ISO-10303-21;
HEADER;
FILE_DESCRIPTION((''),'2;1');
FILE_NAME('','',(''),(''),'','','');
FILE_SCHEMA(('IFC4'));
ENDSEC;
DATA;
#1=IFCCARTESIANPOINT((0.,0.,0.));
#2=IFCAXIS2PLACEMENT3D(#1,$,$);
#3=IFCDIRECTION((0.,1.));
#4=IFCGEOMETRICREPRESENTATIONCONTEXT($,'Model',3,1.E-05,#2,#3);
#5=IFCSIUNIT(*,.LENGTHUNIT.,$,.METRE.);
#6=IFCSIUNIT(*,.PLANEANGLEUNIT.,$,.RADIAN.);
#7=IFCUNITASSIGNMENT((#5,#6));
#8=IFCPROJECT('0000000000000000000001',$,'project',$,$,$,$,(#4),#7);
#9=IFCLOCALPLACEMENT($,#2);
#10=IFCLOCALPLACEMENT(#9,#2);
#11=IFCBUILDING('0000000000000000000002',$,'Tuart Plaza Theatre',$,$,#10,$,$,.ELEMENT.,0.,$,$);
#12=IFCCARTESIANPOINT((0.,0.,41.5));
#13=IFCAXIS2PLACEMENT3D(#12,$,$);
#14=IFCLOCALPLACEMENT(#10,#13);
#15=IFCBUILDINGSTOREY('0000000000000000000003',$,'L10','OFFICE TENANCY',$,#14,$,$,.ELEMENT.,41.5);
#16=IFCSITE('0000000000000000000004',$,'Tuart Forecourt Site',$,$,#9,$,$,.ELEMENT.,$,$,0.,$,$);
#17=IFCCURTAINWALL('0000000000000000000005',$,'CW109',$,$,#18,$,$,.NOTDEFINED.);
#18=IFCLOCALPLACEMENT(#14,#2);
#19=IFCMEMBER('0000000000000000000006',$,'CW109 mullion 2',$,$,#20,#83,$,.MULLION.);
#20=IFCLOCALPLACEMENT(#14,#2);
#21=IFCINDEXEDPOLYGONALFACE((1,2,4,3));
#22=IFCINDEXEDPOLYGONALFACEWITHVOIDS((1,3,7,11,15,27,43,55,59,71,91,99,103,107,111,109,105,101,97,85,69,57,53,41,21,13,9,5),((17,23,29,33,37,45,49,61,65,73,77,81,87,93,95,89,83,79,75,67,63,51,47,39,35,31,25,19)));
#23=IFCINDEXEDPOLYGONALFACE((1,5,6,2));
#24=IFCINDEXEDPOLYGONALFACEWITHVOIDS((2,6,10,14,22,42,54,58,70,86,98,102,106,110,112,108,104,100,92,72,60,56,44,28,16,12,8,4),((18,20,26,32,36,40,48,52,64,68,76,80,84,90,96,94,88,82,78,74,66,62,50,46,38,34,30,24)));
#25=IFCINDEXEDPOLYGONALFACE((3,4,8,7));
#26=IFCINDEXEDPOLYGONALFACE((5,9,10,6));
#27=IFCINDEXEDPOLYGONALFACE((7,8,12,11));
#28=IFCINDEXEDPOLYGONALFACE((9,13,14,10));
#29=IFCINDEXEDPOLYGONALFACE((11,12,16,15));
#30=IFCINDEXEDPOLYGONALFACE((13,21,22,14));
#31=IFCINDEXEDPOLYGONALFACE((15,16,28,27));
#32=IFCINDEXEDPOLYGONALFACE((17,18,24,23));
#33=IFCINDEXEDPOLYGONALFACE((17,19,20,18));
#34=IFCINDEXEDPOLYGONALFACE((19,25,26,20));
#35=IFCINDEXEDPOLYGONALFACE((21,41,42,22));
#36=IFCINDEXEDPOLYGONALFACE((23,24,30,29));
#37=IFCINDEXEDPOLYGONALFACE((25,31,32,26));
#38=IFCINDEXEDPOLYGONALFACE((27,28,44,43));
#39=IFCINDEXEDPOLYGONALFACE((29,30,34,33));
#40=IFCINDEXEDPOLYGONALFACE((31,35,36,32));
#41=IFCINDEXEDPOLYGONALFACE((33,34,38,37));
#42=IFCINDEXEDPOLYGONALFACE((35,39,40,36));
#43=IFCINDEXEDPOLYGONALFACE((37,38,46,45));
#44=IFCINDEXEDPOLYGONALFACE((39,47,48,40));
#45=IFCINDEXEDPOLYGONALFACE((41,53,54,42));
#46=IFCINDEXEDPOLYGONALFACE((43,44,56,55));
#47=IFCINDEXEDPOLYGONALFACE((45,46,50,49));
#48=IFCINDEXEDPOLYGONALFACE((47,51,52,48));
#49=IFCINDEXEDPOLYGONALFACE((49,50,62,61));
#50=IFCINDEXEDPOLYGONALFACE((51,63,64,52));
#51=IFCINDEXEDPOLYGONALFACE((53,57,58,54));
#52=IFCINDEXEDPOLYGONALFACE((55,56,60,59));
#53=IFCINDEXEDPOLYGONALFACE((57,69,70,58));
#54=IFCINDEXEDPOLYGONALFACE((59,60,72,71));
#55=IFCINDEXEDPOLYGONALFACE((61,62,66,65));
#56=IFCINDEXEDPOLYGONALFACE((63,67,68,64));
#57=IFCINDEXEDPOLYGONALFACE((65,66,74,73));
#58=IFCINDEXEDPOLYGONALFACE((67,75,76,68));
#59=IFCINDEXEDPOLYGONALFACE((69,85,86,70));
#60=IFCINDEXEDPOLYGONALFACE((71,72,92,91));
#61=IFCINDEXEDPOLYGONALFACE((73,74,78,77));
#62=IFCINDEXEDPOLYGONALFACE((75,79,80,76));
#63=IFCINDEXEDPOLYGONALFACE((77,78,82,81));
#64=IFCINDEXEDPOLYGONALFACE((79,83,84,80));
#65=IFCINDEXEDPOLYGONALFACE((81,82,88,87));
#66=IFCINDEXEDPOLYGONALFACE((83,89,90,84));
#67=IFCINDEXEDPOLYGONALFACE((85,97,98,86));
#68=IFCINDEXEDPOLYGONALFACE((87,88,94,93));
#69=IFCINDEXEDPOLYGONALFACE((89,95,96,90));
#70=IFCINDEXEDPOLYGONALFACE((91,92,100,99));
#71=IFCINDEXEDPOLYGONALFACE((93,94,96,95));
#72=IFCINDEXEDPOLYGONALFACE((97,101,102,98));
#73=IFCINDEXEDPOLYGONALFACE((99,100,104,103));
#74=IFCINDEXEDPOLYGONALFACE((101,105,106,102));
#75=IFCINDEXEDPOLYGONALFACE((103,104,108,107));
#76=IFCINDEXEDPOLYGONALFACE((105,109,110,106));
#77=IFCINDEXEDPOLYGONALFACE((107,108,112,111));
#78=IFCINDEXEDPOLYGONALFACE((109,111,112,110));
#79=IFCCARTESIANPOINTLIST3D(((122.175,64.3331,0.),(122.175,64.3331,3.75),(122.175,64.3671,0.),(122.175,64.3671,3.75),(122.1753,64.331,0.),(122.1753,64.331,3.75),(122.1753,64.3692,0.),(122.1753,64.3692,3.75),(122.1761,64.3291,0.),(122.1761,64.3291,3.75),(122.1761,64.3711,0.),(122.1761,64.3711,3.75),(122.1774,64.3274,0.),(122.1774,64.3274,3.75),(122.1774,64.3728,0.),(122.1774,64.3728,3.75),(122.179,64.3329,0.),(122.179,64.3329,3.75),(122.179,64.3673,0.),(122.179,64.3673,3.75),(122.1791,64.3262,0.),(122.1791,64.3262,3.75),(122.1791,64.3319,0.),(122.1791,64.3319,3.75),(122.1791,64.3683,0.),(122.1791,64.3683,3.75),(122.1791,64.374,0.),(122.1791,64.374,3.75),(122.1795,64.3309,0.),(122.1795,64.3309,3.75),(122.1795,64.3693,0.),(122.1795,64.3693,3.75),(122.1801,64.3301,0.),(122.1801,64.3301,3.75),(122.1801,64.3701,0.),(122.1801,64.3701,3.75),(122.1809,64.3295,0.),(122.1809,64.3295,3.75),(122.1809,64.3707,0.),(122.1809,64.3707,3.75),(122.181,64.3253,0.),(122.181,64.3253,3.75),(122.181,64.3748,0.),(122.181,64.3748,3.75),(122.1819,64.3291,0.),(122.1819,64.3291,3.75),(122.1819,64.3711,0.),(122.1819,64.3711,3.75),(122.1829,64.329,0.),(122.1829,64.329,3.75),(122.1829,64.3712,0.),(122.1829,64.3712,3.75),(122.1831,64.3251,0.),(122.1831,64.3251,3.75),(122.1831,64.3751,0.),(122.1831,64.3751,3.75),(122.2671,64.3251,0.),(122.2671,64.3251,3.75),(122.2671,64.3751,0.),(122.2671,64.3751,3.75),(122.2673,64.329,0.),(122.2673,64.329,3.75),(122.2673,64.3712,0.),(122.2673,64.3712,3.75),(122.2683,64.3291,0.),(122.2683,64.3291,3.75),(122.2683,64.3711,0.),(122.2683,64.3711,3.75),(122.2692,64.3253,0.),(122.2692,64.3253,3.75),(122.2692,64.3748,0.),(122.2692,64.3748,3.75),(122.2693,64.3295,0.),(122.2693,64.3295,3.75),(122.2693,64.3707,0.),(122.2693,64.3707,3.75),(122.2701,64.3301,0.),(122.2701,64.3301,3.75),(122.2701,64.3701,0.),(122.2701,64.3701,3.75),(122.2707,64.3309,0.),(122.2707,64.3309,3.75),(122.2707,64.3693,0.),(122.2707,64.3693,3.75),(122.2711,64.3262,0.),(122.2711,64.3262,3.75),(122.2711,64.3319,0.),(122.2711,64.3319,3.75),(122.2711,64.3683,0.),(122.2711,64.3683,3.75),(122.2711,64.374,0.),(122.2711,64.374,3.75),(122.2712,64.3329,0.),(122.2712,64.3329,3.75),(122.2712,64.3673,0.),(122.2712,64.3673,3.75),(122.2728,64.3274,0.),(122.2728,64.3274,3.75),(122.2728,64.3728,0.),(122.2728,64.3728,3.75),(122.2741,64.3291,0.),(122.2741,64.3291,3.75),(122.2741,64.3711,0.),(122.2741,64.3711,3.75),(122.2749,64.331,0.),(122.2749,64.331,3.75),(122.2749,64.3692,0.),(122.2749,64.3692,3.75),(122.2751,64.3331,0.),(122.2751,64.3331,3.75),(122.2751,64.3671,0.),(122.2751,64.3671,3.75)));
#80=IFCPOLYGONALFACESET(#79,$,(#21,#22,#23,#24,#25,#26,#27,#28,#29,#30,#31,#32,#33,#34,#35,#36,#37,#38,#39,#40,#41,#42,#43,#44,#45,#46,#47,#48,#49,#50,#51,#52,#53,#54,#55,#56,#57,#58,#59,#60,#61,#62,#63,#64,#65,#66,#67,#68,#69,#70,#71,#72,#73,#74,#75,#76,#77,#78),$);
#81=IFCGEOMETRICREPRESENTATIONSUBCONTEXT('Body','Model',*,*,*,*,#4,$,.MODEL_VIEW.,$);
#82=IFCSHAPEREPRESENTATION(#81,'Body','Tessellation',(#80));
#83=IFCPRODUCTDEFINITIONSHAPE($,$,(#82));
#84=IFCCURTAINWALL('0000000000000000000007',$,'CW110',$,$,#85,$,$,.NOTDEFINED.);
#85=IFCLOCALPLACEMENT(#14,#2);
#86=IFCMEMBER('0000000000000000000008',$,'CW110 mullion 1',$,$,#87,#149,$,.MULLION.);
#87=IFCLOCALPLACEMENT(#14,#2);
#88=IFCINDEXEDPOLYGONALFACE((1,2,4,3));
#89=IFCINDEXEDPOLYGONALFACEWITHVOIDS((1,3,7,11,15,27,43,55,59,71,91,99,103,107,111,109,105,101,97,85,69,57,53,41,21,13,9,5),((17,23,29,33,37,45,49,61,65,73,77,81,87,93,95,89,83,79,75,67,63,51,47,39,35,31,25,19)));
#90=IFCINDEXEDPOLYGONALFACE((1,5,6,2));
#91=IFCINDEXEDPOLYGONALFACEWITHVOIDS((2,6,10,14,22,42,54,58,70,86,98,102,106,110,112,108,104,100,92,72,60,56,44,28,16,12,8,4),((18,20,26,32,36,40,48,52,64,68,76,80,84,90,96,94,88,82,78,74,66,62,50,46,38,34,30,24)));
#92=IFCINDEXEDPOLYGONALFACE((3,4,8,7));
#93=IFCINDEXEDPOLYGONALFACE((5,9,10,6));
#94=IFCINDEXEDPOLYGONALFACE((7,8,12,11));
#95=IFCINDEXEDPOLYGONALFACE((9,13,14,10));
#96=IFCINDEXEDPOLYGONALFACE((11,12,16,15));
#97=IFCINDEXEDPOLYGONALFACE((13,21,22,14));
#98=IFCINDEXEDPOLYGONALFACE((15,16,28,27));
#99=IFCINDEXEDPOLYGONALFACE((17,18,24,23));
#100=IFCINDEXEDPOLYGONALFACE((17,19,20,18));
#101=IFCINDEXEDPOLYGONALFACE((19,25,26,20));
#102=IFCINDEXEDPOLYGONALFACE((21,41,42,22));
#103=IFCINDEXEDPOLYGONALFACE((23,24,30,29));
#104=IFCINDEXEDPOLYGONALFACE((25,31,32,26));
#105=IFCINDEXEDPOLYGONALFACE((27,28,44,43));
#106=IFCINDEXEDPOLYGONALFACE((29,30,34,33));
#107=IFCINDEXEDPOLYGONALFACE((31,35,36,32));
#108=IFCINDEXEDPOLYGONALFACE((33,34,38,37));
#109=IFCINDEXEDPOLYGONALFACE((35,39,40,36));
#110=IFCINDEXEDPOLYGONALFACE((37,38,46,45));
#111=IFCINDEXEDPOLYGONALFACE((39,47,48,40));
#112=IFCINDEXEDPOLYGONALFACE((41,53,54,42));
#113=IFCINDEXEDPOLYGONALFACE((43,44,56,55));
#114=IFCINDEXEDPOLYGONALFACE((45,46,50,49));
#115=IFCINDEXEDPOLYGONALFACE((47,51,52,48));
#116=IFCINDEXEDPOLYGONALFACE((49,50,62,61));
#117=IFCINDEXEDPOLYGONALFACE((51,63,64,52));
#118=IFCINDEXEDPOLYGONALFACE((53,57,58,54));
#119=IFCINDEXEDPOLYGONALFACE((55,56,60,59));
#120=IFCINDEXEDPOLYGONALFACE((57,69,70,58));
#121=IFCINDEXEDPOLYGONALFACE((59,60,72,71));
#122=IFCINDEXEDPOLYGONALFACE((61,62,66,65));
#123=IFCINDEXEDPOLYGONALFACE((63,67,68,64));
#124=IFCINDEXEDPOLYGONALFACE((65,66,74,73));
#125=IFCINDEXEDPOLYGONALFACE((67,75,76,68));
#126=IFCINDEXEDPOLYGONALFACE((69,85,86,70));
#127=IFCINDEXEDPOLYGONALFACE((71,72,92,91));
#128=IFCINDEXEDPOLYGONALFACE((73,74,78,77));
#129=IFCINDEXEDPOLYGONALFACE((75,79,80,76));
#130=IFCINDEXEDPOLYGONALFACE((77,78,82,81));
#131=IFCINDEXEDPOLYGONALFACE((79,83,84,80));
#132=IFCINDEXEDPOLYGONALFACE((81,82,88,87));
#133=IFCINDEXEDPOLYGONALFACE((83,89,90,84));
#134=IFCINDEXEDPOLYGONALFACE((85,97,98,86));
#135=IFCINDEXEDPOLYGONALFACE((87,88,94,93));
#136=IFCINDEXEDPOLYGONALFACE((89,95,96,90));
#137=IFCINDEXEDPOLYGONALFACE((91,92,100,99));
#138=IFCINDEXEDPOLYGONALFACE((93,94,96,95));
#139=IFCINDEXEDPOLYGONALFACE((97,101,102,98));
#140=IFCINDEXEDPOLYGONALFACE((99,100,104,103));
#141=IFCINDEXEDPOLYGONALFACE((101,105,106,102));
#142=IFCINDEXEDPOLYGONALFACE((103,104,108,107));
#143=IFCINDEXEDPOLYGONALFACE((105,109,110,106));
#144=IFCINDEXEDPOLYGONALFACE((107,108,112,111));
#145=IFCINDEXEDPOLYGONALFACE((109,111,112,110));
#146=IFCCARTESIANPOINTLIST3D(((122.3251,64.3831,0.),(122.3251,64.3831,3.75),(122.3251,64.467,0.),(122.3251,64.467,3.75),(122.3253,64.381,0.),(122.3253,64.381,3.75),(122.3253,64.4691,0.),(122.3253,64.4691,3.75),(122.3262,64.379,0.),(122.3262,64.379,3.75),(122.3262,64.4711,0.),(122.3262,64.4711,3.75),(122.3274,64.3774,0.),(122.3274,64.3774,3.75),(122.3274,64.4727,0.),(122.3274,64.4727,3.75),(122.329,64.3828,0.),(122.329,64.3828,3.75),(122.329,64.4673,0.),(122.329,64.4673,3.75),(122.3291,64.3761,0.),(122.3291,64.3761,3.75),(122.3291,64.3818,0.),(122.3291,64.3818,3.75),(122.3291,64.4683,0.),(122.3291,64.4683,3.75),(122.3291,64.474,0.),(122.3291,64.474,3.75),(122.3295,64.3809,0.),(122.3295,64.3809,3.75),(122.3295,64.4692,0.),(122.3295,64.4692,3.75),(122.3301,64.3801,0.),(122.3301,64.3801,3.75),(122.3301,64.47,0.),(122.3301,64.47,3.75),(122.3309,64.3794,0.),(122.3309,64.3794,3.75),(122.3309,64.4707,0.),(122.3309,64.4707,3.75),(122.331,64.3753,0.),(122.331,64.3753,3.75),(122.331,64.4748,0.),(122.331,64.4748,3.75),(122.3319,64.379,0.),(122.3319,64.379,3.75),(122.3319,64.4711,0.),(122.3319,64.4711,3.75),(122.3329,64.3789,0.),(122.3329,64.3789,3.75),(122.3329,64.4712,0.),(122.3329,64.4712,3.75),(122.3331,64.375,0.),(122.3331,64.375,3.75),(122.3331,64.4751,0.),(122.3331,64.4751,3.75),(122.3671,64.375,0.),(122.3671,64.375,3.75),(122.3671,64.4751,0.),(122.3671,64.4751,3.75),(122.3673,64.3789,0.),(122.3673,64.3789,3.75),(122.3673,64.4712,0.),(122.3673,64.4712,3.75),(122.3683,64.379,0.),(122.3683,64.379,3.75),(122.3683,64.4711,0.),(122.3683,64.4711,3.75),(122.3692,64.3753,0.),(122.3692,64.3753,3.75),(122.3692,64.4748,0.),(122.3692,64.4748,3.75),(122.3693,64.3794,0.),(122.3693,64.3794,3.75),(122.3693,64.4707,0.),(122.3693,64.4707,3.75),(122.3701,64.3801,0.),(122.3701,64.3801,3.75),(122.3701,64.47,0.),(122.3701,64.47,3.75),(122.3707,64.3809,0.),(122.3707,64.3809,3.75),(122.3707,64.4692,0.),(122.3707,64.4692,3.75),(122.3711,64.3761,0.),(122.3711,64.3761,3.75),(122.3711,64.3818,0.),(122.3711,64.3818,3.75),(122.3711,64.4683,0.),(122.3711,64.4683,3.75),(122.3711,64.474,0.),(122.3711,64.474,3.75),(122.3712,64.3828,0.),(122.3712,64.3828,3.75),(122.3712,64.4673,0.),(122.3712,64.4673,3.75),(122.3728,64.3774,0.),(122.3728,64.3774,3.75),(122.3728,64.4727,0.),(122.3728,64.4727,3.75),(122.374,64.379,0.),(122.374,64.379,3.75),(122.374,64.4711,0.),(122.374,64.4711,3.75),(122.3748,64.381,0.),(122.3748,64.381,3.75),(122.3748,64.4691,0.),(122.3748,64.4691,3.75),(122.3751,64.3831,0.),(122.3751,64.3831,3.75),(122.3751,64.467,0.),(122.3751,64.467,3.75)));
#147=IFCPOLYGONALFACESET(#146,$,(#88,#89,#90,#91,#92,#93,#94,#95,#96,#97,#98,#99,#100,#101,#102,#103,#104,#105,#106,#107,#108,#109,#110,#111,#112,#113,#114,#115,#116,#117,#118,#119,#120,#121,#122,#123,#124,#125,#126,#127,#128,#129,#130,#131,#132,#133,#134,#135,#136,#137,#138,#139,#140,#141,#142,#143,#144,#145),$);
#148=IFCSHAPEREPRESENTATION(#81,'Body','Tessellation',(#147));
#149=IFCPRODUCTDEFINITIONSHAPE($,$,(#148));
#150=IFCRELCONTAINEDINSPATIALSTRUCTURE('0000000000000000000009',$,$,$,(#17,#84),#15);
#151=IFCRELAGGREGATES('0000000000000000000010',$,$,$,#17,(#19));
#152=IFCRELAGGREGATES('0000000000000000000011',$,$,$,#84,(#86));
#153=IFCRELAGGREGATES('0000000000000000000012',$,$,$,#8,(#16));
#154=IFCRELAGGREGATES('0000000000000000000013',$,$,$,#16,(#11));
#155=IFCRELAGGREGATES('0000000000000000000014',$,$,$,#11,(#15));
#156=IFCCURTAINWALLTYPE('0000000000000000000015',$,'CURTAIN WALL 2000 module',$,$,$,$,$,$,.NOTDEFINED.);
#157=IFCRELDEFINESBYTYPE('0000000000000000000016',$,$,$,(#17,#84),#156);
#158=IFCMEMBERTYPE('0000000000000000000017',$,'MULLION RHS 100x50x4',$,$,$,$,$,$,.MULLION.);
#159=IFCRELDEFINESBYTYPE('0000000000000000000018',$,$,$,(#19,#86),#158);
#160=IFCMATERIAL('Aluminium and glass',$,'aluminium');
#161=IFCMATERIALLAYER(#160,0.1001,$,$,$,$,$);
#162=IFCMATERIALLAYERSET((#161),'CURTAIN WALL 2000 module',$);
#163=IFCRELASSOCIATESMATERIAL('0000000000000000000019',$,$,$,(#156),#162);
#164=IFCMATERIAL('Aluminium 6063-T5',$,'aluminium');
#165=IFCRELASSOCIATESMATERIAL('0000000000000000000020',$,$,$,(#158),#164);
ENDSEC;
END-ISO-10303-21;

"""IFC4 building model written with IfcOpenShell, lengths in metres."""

from ifc_helpers import new_model, si_unit, direction, frame, origin, origin_2d, place, context, subcontext, project, spatial, hollow_rectangle, extrude, material, layer, layer_set, material_profile, profile_set, type_object, element, aggregate, save


model = new_model("IFC4")

# Units and contexts
model_context = context("Model", 3, precision=1e-05, world=origin(), true_north=direction((0.0, 1.0)))
body_context = subcontext(model_context, "Body", "Model", "MODEL_VIEW")
ifc_project = project(units=[si_unit("LENGTHUNIT", "METRE"), si_unit("PLANEANGLEUNIT", "RADIAN")], contexts=[model_context])

# Site, building, storey
site_placement = place(None, origin())
site = spatial("IfcSite", under=ifc_project, at=site_placement, Name="Tuart Forecourt Site", CompositionType="ELEMENT", RefElevation=0.0)
building_placement = place(site_placement, origin())
building = spatial("IfcBuilding", under=site, at=building_placement, Name="Tuart Plaza Theatre", CompositionType="ELEMENT", ElevationOfRefHeight=0.0)
storey_placement = place(building_placement, frame((0.0, 0.0, 41.5)))
storey = spatial("IfcBuildingStorey", under=building, at=storey_placement, Name="L10", Description="OFFICE TENANCY", CompositionType="ELEMENT", Elevation=41.5)

# Curtain wall, member
ifc_material_1 = material(Name="Aluminium and glass", Category="aluminium")
ifc_layer_1 = layer(ifc_material_1, 0.1001)
ifc_layer_set_1 = layer_set([ifc_layer_1], Name="CURTAIN WALL 2000 module")
curtain_wall_type = type_object("IfcCurtainWallType", Name="CURTAIN WALL 2000 module", PredefinedType="NOTDEFINED", material=ifc_layer_set_1)
curtain_wall_1_placement = place(storey_placement, origin())
curtain_wall_1 = element("IfcCurtainWall", 1, at=curtain_wall_1_placement, inside=storey, type_object=curtain_wall_type, Name="CW109", PredefinedType="NOTDEFINED")
ifc_material_2 = material(Name="Aluminium 6063-T5", Category="aluminium")
ifc_material_profile_1 = material_profile(ifc_material_2, hollow_rectangle(XDim=0.05, YDim=0.1001, WallThickness=0.0039, InnerFilletRadius=0.0039, OuterFilletRadius=0.0081, at=origin_2d()), Name="RHS 100x50x4")
ifc_profile_set_1 = profile_set([ifc_material_profile_1], Name="Aluminium 6063-T5")
member_type_1 = type_object("IfcMemberType", Name="MULLION RHS 100x50x4", PredefinedType="MULLION", material=ifc_profile_set_1)
member_1_placement = place(storey_placement, frame((122.2251, 64.3501, 0.0), z_axis=(0.0, 0.0, 1.0), x_axis=(0.0, 1.0, 0.0)))
member_1 = element("IfcMember", 2, at=member_1_placement, type_object=member_type_1, Name="CW109 mullion 2", PredefinedType="MULLION", context=body_context, shape_type="SweptSolid", body=[
    extrude(hollow_rectangle(XDim=0.05, YDim=0.1001, WallThickness=0.0039, InnerFilletRadius=0.0039, OuterFilletRadius=0.0081, at=origin_2d()), origin(), (0.0, 0.0, 1.0), 3.75),
])

# Curtain wall, member
curtain_wall_2_placement = place(storey_placement, origin())
curtain_wall_2 = element("IfcCurtainWall", 3, at=curtain_wall_2_placement, inside=storey, type_object=curtain_wall_type, Name="CW110", PredefinedType="NOTDEFINED")
member_2_placement = place(storey_placement, frame((122.3501, 64.425, 0.0), z_axis=(0.0, 0.0, 1.0), x_axis=(1.0, 0.0, 0.0)))
member_2 = element("IfcMember", 4, at=member_2_placement, type_object=member_type_1, Name="CW110 mullion 1", PredefinedType="MULLION", context=body_context, shape_type="SweptSolid", body=[
    extrude(hollow_rectangle(XDim=0.05, YDim=0.1001, WallThickness=0.0039, InnerFilletRadius=0.0039, OuterFilletRadius=0.0081, at=origin_2d()), origin(), (0.0, 0.0, 1.0), 3.75),
])

aggregate(curtain_wall_1, [member_1])
aggregate(curtain_wall_2, [member_2])

save(model, "model.ifc")
